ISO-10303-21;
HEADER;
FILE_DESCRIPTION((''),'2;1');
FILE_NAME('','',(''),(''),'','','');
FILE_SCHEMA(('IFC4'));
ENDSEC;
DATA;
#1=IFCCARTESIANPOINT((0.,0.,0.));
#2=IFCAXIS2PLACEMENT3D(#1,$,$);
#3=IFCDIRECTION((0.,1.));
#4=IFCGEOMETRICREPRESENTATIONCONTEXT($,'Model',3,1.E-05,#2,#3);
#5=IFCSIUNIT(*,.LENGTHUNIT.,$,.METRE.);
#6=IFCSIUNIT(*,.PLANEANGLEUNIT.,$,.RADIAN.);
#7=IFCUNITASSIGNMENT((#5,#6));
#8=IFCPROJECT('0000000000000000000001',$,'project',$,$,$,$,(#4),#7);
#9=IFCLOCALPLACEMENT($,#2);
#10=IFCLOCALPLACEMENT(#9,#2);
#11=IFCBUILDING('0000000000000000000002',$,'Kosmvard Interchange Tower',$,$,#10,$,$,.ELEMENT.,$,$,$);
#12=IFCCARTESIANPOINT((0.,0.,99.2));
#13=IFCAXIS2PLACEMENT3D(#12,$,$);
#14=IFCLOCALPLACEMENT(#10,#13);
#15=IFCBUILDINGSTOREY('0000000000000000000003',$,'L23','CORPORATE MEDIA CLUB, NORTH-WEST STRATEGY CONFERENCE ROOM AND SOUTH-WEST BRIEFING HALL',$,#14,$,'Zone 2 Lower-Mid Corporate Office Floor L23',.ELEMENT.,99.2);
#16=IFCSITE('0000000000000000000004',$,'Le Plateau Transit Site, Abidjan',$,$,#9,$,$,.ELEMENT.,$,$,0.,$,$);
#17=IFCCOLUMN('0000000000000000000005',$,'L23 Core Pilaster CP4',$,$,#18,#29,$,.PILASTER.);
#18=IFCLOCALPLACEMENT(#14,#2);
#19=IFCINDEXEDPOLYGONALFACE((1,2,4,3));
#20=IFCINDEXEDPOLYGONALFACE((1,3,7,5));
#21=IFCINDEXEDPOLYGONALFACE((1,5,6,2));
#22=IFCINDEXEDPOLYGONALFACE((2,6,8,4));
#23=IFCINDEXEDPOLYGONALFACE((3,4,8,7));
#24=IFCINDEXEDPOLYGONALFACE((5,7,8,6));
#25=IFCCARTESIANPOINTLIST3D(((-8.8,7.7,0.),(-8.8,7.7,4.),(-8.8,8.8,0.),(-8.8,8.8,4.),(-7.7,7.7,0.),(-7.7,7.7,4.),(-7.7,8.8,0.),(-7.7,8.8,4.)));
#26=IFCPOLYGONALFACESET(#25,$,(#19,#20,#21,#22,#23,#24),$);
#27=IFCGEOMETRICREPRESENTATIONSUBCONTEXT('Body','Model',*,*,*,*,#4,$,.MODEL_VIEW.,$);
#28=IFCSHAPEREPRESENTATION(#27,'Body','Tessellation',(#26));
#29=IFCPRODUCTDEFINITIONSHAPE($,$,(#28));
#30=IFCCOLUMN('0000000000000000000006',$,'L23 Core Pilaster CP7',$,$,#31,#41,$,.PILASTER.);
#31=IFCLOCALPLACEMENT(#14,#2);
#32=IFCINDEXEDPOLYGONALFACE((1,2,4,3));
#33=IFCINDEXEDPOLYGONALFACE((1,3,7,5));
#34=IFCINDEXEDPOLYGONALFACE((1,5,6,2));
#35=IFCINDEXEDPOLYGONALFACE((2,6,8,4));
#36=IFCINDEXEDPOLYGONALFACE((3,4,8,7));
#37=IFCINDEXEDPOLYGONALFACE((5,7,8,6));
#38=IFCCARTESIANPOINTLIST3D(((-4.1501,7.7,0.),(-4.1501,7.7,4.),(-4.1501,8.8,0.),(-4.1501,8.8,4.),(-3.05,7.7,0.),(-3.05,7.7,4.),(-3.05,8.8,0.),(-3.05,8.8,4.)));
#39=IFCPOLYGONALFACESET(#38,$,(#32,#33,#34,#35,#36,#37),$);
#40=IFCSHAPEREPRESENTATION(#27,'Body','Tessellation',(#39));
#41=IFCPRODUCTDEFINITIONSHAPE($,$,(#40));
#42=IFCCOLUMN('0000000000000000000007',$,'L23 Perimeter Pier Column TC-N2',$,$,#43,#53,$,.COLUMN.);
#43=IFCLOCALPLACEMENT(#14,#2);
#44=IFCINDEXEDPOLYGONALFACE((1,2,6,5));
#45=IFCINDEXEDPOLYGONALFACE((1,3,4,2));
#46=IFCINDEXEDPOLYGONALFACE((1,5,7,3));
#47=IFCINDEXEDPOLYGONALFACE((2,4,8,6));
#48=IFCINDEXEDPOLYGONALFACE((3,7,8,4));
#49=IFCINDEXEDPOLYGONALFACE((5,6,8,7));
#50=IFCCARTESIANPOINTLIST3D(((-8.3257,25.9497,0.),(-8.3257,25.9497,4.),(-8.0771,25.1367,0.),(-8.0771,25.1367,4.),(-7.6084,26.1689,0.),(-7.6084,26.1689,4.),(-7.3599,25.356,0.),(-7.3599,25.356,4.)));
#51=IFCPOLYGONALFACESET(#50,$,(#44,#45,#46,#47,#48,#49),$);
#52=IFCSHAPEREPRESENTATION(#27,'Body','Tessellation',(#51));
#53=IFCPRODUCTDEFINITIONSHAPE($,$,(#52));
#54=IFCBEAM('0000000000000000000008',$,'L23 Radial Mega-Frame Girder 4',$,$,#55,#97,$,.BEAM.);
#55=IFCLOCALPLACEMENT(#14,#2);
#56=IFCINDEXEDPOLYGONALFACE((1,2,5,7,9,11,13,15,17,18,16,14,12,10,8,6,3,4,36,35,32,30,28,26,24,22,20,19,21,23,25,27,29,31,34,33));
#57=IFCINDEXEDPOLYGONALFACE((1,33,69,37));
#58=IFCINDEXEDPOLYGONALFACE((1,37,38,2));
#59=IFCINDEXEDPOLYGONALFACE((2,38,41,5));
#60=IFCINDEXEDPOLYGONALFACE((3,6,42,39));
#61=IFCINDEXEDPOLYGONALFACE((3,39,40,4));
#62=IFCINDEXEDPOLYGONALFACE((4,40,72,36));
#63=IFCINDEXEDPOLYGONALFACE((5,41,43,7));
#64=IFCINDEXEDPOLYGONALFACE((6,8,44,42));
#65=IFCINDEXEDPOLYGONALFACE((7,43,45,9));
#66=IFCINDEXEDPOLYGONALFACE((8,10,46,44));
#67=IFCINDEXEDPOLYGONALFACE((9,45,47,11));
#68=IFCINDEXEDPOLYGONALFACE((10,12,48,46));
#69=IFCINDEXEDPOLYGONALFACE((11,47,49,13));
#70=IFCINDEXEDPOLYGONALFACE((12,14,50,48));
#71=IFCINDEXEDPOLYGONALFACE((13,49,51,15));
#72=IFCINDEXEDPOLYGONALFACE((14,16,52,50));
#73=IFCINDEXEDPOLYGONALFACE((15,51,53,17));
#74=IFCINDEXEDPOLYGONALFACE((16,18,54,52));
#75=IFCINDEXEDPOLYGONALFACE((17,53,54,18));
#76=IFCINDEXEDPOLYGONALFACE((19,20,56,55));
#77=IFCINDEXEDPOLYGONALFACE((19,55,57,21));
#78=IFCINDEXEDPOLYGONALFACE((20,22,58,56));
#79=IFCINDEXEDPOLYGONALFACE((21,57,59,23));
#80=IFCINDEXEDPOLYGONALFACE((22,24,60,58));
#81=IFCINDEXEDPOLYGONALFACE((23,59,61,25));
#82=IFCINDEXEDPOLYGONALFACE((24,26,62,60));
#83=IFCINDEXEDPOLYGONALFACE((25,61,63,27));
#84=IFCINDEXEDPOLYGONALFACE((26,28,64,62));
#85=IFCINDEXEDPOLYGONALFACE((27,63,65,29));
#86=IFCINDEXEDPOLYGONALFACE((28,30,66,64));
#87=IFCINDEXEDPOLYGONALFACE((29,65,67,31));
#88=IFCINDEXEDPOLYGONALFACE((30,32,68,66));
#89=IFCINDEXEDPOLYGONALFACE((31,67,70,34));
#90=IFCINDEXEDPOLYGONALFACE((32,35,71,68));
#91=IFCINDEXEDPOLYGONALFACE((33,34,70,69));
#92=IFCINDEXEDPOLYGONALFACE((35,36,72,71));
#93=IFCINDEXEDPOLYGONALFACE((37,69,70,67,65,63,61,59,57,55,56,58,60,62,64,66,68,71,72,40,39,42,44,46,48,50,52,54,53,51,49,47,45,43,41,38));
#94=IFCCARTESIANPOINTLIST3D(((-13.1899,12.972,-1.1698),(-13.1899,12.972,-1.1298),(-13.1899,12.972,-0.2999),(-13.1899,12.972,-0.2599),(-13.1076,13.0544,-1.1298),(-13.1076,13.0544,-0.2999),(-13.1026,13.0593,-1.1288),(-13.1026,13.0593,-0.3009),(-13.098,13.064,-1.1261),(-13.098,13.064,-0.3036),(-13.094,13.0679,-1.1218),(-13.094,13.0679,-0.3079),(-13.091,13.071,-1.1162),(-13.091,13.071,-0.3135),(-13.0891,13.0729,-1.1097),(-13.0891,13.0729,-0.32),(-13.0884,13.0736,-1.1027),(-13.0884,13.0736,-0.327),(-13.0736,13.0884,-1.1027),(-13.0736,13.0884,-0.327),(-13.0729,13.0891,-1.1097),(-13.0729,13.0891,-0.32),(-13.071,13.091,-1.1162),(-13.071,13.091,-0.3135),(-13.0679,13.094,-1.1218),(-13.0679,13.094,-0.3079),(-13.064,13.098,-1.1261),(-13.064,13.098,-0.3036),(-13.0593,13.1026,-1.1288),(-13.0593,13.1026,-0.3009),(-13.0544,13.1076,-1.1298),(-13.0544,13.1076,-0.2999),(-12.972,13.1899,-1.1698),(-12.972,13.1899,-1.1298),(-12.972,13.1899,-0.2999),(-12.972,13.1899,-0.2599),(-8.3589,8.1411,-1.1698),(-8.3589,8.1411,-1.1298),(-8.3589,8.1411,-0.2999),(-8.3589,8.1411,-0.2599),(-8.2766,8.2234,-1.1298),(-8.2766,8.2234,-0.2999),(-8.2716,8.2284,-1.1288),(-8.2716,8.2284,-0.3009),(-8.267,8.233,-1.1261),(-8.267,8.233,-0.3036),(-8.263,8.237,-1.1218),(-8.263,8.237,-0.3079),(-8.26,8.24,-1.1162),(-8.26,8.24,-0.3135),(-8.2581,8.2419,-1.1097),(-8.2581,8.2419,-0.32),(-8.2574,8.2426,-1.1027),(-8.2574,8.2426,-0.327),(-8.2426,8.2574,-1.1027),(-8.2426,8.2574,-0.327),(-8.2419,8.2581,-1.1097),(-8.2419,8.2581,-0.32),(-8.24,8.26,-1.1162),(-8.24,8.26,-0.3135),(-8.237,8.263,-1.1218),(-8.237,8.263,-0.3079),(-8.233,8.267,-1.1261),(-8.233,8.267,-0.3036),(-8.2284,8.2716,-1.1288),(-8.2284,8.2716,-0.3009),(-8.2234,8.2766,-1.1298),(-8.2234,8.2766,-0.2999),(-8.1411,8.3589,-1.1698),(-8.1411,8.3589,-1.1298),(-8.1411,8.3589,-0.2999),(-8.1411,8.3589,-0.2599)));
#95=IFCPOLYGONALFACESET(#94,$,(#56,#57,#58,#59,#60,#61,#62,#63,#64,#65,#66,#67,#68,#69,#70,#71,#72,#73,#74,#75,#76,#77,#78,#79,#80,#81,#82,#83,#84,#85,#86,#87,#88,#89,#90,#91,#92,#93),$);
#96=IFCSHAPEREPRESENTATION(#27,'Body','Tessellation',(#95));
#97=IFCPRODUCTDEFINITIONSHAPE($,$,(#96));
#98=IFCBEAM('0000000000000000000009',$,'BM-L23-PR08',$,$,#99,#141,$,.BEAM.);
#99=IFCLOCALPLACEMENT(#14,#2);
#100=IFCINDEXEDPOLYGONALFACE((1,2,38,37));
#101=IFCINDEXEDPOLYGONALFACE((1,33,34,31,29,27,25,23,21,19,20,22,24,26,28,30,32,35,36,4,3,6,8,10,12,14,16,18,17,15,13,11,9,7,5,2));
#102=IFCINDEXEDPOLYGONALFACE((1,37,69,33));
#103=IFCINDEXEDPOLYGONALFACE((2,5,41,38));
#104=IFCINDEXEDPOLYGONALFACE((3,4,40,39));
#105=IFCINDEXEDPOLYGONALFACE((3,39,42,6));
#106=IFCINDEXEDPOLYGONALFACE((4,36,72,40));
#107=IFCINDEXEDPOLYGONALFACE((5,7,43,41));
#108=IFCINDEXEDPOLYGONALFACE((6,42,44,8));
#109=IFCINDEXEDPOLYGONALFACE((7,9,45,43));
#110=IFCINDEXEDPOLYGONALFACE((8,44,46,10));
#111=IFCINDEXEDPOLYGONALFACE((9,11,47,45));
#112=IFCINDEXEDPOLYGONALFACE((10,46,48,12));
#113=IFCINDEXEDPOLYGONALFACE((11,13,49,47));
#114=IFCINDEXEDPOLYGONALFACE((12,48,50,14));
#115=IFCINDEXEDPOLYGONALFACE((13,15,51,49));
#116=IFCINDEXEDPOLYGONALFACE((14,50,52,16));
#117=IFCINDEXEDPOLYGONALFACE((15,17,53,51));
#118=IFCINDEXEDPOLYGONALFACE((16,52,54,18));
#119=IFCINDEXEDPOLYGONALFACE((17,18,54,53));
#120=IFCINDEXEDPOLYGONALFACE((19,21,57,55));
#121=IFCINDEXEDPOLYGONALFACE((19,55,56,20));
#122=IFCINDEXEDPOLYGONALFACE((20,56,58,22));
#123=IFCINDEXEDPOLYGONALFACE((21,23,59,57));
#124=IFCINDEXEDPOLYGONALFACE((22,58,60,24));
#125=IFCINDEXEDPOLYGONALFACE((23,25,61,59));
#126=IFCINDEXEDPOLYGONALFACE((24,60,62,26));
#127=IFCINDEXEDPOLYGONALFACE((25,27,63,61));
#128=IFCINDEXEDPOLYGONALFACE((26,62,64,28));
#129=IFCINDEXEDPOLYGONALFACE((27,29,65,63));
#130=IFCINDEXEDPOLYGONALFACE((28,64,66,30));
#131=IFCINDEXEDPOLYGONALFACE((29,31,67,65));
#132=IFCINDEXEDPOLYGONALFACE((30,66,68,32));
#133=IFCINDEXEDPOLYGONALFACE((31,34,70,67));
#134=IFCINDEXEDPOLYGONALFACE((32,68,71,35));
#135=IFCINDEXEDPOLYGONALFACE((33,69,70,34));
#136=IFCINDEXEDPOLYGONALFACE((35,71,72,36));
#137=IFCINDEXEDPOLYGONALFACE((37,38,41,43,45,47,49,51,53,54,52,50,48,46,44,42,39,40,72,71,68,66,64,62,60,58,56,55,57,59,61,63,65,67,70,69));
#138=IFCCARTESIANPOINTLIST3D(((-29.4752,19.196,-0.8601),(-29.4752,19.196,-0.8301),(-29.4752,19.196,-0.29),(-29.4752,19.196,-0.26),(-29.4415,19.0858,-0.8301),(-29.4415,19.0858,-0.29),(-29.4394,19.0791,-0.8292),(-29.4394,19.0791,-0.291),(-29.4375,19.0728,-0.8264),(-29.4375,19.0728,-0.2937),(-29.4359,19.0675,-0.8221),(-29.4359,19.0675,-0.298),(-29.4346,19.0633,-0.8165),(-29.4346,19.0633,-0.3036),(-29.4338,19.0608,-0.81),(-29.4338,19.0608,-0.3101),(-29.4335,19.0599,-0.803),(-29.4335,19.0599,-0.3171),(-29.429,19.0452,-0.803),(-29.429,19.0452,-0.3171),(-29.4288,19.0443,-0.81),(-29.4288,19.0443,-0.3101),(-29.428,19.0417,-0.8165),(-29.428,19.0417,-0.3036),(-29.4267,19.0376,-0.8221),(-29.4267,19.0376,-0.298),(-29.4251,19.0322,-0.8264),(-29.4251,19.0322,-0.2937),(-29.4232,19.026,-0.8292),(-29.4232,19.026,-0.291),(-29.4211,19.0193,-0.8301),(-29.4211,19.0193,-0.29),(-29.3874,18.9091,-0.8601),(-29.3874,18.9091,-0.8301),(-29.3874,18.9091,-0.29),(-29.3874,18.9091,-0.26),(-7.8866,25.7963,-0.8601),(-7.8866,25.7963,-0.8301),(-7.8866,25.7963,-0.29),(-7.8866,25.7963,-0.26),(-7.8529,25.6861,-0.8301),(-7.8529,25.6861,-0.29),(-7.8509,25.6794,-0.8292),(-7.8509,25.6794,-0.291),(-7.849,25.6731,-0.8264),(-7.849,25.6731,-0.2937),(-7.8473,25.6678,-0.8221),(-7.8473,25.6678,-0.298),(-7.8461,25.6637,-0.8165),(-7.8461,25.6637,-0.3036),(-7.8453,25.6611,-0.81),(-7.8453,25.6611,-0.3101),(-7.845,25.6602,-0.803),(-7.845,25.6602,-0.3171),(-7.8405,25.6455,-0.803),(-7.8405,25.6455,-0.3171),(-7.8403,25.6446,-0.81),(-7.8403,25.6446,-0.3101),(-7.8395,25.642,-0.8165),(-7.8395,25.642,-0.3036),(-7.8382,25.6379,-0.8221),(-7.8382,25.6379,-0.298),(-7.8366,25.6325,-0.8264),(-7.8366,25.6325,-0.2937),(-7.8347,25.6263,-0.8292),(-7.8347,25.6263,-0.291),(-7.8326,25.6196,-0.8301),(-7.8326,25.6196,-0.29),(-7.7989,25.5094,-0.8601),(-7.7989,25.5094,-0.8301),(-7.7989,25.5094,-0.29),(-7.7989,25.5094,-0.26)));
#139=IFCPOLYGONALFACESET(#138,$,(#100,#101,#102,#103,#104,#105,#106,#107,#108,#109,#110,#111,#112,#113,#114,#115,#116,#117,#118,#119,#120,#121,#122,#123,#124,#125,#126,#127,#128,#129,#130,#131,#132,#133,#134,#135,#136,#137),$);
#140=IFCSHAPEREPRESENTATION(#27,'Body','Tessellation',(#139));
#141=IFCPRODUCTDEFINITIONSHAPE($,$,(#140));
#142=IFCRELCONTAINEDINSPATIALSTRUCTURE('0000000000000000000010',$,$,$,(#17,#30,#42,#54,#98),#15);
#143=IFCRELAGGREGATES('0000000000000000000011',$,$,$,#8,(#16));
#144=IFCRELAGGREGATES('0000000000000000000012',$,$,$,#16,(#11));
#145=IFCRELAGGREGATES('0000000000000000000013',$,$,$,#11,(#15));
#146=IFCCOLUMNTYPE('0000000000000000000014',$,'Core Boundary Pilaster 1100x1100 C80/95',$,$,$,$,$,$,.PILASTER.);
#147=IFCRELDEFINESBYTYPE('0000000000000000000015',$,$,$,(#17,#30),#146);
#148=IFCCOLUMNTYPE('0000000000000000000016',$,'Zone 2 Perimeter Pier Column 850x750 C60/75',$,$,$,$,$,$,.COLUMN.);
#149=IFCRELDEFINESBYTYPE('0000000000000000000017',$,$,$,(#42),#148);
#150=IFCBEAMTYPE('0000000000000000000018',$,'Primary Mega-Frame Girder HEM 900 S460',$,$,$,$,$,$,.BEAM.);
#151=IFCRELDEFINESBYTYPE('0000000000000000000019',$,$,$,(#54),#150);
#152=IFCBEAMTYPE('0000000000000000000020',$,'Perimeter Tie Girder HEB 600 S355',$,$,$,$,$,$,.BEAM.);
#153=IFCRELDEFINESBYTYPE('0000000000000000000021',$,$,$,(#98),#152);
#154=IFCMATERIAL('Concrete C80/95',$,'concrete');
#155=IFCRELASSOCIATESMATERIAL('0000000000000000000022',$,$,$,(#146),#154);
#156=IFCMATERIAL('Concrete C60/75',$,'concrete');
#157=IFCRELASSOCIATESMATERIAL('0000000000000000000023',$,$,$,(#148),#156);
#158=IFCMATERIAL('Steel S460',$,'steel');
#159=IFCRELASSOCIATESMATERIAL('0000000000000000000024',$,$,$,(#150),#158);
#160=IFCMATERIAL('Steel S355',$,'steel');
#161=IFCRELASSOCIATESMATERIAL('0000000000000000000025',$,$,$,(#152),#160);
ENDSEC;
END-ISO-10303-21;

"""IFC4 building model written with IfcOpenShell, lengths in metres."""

from ifc_helpers import new_model, si_unit, direction, frame, origin, origin_2d, place, context, subcontext, project, spatial, rectangle, i_section, extrude, source, transform, mapped, material, material_profile, profile_set, type_object, element, save


model = new_model("IFC4")

# Units and contexts
model_context = context("Model", 3, precision=1e-05, world=origin(), true_north=direction((0.0, 1.0)))
body_context = subcontext(model_context, "Body", "Model", "MODEL_VIEW")
ifc_project = project(units=[si_unit("LENGTHUNIT", "METRE"), si_unit("PLANEANGLEUNIT", "RADIAN")], contexts=[model_context])

# Site, building, storey
site_placement = place(None, origin())
site = spatial("IfcSite", under=ifc_project, at=site_placement, Name="Le Plateau Transit Site, Abidjan", CompositionType="ELEMENT", RefElevation=0.0)
building_placement = place(site_placement, origin())
building = spatial("IfcBuilding", under=site, at=building_placement, Name="Kosmvard Interchange Tower", CompositionType="ELEMENT")
storey_placement = place(building_placement, frame((0.0, 0.0, 99.2)))
storey = spatial("IfcBuildingStorey", under=building, at=storey_placement, Name="L23", Description="CORPORATE MEDIA CLUB, NORTH-WEST STRATEGY CONFERENCE ROOM AND SOUTH-WEST BRIEFING HALL", LongName="Zone 2 Lower-Mid Corporate Office Floor L23", CompositionType="ELEMENT", Elevation=99.2)

# Columns
ifc_material_1 = material(Name="Concrete C80/95", Category="concrete")
ifc_material_profile_1 = material_profile(ifc_material_1, rectangle(XDim=1.1001, YDim=1.1001, at=origin_2d()), Name="CP 1100x1100")
ifc_profile_set_1 = profile_set([ifc_material_profile_1], Name="Concrete C80/95")
column_type_1 = type_object("IfcColumnType", Name="Core Boundary Pilaster 1100x1100 C80/95", PredefinedType="PILASTER", material=ifc_profile_set_1)
shared_shape_1 = source(origin(), body_context, "Body", "SweptSolid", [
    extrude(rectangle(XDim=1.1001, YDim=1.1001, at=origin_2d()), origin(), (0.0, 0.0, 1.0), 4.0),
])
for number, where, z_axis, x_axis, name in (
    (1, (-8.25, 8.25, 0.0), (0.0, 0.0, 1.0), (1.0, 0.0, 0.0), "L23 Core Pilaster CP4"),
    (2, (-3.6001, 8.25, 0.0), (0.0, 0.0, 1.0), (1.0, 0.0, 0.0), "L23 Core Pilaster CP7"),
):
    element("IfcColumn", number, at=place(storey_placement, frame(where, z_axis=z_axis, x_axis=x_axis)), inside=storey, type_object=column_type_1, Name=name, PredefinedType="PILASTER", context=body_context, shape_type="MappedRepresentation", body=[
        mapped(shared_shape_1, transform((0.0, 0.0, 0.0), scale=1.0)),
    ])
ifc_material_2 = material(Name="Concrete C60/75", Category="concrete")
ifc_material_profile_2 = material_profile(ifc_material_2, rectangle(XDim=0.75, YDim=0.8501, at=origin_2d()), Name="TC 850x750")
ifc_profile_set_2 = profile_set([ifc_material_profile_2], Name="Concrete C60/75")
column_type_2 = type_object("IfcColumnType", Name="Zone 2 Perimeter Pier Column 850x750 C60/75", PredefinedType="COLUMN", material=ifc_profile_set_2)
shared_shape_2 = source(origin(), body_context, "Body", "SweptSolid", [
    extrude(rectangle(XDim=0.75, YDim=0.8501, at=origin_2d()), origin(), (0.0, 0.0, 1.0), 4.0),
])
column_placement = place(storey_placement, frame((-7.8428, 25.6528, 0.0), z_axis=(0.0, 0.0, 1.0), x_axis=(0.956305, 0.292372, 0.0)))
element("IfcColumn", 3, at=column_placement, inside=storey, type_object=column_type_2, Name="L23 Perimeter Pier Column TC-N2", PredefinedType="COLUMN", context=body_context, shape_type="MappedRepresentation", body=[
    mapped(shared_shape_2, transform((0.0, 0.0, 0.0), scale=1.0)),
])

# Beams
ifc_material_3 = material(Name="Steel S460", Category="steel")
ifc_material_profile_3 = material_profile(ifc_material_3, i_section(OverallWidth=0.3081, OverallDepth=0.9099, WebThickness=0.021, FlangeThickness=0.04, FilletRadius=0.0271, at=origin_2d()), Name="HEM 900")
ifc_profile_set_3 = profile_set([ifc_material_profile_3], Name="Steel S460")
beam_type_1 = type_object("IfcBeamType", Name="Primary Mega-Frame Girder HEM 900 S460", PredefinedType="BEAM", material=ifc_profile_set_3)
shared_shape_3 = source(origin(), body_context, "Body", "SweptSolid", [
    extrude(i_section(OverallWidth=0.3081, OverallDepth=0.9099, WebThickness=0.021, FlangeThickness=0.04, FilletRadius=0.0271, at=origin_2d()), origin(), (0.0, 0.0, 1.0), 6.832),
])
beam_1_placement = place(storey_placement, frame((-8.25, 8.25, -0.7148), z_axis=(-0.707107, 0.707107, 0.0), x_axis=(-0.707107, -0.707107, 0.0)))
element("IfcBeam", 4, at=beam_1_placement, inside=storey, type_object=beam_type_1, Name="L23 Radial Mega-Frame Girder 4", PredefinedType="BEAM", context=body_context, shape_type="MappedRepresentation", body=[
    mapped(shared_shape_3, transform((0.0, 0.0, 0.0), scale=1.0)),
])
ifc_material_4 = material(Name="Steel S355", Category="steel")
ifc_material_profile_4 = material_profile(ifc_material_4, i_section(OverallWidth=0.3, OverallDepth=0.6001, WebThickness=0.0154, FlangeThickness=0.03, FilletRadius=0.0271, at=origin_2d()), Name="HEB 600")
ifc_profile_set_4 = profile_set([ifc_material_profile_4], Name="Steel S355")
beam_type_2 = type_object("IfcBeamType", Name="Perimeter Tie Girder HEB 600 S355", PredefinedType="BEAM", material=ifc_profile_set_4)
shared_shape_4 = source(origin(), body_context, "Body", "SweptSolid", [
    extrude(i_section(OverallWidth=0.3, OverallDepth=0.6001, WebThickness=0.0154, FlangeThickness=0.03, FilletRadius=0.0271, at=origin_2d()), origin(), (0.0, 0.0, 1.0), 22.575),
])
beam_2_placement = place(storey_placement, frame((-7.8428, 25.6528, -0.5601), z_axis=(-0.956304, -0.292373, 0.0), x_axis=(0.292373, -0.956304, 0.0)))
element("IfcBeam", 5, at=beam_2_placement, inside=storey, type_object=beam_type_2, Name="BM-L23-PR08", PredefinedType="BEAM", context=body_context, shape_type="MappedRepresentation", body=[
    mapped(shared_shape_4, transform((0.0, 0.0, 0.0), scale=1.0)),
])

save(model, "model.ifc")
